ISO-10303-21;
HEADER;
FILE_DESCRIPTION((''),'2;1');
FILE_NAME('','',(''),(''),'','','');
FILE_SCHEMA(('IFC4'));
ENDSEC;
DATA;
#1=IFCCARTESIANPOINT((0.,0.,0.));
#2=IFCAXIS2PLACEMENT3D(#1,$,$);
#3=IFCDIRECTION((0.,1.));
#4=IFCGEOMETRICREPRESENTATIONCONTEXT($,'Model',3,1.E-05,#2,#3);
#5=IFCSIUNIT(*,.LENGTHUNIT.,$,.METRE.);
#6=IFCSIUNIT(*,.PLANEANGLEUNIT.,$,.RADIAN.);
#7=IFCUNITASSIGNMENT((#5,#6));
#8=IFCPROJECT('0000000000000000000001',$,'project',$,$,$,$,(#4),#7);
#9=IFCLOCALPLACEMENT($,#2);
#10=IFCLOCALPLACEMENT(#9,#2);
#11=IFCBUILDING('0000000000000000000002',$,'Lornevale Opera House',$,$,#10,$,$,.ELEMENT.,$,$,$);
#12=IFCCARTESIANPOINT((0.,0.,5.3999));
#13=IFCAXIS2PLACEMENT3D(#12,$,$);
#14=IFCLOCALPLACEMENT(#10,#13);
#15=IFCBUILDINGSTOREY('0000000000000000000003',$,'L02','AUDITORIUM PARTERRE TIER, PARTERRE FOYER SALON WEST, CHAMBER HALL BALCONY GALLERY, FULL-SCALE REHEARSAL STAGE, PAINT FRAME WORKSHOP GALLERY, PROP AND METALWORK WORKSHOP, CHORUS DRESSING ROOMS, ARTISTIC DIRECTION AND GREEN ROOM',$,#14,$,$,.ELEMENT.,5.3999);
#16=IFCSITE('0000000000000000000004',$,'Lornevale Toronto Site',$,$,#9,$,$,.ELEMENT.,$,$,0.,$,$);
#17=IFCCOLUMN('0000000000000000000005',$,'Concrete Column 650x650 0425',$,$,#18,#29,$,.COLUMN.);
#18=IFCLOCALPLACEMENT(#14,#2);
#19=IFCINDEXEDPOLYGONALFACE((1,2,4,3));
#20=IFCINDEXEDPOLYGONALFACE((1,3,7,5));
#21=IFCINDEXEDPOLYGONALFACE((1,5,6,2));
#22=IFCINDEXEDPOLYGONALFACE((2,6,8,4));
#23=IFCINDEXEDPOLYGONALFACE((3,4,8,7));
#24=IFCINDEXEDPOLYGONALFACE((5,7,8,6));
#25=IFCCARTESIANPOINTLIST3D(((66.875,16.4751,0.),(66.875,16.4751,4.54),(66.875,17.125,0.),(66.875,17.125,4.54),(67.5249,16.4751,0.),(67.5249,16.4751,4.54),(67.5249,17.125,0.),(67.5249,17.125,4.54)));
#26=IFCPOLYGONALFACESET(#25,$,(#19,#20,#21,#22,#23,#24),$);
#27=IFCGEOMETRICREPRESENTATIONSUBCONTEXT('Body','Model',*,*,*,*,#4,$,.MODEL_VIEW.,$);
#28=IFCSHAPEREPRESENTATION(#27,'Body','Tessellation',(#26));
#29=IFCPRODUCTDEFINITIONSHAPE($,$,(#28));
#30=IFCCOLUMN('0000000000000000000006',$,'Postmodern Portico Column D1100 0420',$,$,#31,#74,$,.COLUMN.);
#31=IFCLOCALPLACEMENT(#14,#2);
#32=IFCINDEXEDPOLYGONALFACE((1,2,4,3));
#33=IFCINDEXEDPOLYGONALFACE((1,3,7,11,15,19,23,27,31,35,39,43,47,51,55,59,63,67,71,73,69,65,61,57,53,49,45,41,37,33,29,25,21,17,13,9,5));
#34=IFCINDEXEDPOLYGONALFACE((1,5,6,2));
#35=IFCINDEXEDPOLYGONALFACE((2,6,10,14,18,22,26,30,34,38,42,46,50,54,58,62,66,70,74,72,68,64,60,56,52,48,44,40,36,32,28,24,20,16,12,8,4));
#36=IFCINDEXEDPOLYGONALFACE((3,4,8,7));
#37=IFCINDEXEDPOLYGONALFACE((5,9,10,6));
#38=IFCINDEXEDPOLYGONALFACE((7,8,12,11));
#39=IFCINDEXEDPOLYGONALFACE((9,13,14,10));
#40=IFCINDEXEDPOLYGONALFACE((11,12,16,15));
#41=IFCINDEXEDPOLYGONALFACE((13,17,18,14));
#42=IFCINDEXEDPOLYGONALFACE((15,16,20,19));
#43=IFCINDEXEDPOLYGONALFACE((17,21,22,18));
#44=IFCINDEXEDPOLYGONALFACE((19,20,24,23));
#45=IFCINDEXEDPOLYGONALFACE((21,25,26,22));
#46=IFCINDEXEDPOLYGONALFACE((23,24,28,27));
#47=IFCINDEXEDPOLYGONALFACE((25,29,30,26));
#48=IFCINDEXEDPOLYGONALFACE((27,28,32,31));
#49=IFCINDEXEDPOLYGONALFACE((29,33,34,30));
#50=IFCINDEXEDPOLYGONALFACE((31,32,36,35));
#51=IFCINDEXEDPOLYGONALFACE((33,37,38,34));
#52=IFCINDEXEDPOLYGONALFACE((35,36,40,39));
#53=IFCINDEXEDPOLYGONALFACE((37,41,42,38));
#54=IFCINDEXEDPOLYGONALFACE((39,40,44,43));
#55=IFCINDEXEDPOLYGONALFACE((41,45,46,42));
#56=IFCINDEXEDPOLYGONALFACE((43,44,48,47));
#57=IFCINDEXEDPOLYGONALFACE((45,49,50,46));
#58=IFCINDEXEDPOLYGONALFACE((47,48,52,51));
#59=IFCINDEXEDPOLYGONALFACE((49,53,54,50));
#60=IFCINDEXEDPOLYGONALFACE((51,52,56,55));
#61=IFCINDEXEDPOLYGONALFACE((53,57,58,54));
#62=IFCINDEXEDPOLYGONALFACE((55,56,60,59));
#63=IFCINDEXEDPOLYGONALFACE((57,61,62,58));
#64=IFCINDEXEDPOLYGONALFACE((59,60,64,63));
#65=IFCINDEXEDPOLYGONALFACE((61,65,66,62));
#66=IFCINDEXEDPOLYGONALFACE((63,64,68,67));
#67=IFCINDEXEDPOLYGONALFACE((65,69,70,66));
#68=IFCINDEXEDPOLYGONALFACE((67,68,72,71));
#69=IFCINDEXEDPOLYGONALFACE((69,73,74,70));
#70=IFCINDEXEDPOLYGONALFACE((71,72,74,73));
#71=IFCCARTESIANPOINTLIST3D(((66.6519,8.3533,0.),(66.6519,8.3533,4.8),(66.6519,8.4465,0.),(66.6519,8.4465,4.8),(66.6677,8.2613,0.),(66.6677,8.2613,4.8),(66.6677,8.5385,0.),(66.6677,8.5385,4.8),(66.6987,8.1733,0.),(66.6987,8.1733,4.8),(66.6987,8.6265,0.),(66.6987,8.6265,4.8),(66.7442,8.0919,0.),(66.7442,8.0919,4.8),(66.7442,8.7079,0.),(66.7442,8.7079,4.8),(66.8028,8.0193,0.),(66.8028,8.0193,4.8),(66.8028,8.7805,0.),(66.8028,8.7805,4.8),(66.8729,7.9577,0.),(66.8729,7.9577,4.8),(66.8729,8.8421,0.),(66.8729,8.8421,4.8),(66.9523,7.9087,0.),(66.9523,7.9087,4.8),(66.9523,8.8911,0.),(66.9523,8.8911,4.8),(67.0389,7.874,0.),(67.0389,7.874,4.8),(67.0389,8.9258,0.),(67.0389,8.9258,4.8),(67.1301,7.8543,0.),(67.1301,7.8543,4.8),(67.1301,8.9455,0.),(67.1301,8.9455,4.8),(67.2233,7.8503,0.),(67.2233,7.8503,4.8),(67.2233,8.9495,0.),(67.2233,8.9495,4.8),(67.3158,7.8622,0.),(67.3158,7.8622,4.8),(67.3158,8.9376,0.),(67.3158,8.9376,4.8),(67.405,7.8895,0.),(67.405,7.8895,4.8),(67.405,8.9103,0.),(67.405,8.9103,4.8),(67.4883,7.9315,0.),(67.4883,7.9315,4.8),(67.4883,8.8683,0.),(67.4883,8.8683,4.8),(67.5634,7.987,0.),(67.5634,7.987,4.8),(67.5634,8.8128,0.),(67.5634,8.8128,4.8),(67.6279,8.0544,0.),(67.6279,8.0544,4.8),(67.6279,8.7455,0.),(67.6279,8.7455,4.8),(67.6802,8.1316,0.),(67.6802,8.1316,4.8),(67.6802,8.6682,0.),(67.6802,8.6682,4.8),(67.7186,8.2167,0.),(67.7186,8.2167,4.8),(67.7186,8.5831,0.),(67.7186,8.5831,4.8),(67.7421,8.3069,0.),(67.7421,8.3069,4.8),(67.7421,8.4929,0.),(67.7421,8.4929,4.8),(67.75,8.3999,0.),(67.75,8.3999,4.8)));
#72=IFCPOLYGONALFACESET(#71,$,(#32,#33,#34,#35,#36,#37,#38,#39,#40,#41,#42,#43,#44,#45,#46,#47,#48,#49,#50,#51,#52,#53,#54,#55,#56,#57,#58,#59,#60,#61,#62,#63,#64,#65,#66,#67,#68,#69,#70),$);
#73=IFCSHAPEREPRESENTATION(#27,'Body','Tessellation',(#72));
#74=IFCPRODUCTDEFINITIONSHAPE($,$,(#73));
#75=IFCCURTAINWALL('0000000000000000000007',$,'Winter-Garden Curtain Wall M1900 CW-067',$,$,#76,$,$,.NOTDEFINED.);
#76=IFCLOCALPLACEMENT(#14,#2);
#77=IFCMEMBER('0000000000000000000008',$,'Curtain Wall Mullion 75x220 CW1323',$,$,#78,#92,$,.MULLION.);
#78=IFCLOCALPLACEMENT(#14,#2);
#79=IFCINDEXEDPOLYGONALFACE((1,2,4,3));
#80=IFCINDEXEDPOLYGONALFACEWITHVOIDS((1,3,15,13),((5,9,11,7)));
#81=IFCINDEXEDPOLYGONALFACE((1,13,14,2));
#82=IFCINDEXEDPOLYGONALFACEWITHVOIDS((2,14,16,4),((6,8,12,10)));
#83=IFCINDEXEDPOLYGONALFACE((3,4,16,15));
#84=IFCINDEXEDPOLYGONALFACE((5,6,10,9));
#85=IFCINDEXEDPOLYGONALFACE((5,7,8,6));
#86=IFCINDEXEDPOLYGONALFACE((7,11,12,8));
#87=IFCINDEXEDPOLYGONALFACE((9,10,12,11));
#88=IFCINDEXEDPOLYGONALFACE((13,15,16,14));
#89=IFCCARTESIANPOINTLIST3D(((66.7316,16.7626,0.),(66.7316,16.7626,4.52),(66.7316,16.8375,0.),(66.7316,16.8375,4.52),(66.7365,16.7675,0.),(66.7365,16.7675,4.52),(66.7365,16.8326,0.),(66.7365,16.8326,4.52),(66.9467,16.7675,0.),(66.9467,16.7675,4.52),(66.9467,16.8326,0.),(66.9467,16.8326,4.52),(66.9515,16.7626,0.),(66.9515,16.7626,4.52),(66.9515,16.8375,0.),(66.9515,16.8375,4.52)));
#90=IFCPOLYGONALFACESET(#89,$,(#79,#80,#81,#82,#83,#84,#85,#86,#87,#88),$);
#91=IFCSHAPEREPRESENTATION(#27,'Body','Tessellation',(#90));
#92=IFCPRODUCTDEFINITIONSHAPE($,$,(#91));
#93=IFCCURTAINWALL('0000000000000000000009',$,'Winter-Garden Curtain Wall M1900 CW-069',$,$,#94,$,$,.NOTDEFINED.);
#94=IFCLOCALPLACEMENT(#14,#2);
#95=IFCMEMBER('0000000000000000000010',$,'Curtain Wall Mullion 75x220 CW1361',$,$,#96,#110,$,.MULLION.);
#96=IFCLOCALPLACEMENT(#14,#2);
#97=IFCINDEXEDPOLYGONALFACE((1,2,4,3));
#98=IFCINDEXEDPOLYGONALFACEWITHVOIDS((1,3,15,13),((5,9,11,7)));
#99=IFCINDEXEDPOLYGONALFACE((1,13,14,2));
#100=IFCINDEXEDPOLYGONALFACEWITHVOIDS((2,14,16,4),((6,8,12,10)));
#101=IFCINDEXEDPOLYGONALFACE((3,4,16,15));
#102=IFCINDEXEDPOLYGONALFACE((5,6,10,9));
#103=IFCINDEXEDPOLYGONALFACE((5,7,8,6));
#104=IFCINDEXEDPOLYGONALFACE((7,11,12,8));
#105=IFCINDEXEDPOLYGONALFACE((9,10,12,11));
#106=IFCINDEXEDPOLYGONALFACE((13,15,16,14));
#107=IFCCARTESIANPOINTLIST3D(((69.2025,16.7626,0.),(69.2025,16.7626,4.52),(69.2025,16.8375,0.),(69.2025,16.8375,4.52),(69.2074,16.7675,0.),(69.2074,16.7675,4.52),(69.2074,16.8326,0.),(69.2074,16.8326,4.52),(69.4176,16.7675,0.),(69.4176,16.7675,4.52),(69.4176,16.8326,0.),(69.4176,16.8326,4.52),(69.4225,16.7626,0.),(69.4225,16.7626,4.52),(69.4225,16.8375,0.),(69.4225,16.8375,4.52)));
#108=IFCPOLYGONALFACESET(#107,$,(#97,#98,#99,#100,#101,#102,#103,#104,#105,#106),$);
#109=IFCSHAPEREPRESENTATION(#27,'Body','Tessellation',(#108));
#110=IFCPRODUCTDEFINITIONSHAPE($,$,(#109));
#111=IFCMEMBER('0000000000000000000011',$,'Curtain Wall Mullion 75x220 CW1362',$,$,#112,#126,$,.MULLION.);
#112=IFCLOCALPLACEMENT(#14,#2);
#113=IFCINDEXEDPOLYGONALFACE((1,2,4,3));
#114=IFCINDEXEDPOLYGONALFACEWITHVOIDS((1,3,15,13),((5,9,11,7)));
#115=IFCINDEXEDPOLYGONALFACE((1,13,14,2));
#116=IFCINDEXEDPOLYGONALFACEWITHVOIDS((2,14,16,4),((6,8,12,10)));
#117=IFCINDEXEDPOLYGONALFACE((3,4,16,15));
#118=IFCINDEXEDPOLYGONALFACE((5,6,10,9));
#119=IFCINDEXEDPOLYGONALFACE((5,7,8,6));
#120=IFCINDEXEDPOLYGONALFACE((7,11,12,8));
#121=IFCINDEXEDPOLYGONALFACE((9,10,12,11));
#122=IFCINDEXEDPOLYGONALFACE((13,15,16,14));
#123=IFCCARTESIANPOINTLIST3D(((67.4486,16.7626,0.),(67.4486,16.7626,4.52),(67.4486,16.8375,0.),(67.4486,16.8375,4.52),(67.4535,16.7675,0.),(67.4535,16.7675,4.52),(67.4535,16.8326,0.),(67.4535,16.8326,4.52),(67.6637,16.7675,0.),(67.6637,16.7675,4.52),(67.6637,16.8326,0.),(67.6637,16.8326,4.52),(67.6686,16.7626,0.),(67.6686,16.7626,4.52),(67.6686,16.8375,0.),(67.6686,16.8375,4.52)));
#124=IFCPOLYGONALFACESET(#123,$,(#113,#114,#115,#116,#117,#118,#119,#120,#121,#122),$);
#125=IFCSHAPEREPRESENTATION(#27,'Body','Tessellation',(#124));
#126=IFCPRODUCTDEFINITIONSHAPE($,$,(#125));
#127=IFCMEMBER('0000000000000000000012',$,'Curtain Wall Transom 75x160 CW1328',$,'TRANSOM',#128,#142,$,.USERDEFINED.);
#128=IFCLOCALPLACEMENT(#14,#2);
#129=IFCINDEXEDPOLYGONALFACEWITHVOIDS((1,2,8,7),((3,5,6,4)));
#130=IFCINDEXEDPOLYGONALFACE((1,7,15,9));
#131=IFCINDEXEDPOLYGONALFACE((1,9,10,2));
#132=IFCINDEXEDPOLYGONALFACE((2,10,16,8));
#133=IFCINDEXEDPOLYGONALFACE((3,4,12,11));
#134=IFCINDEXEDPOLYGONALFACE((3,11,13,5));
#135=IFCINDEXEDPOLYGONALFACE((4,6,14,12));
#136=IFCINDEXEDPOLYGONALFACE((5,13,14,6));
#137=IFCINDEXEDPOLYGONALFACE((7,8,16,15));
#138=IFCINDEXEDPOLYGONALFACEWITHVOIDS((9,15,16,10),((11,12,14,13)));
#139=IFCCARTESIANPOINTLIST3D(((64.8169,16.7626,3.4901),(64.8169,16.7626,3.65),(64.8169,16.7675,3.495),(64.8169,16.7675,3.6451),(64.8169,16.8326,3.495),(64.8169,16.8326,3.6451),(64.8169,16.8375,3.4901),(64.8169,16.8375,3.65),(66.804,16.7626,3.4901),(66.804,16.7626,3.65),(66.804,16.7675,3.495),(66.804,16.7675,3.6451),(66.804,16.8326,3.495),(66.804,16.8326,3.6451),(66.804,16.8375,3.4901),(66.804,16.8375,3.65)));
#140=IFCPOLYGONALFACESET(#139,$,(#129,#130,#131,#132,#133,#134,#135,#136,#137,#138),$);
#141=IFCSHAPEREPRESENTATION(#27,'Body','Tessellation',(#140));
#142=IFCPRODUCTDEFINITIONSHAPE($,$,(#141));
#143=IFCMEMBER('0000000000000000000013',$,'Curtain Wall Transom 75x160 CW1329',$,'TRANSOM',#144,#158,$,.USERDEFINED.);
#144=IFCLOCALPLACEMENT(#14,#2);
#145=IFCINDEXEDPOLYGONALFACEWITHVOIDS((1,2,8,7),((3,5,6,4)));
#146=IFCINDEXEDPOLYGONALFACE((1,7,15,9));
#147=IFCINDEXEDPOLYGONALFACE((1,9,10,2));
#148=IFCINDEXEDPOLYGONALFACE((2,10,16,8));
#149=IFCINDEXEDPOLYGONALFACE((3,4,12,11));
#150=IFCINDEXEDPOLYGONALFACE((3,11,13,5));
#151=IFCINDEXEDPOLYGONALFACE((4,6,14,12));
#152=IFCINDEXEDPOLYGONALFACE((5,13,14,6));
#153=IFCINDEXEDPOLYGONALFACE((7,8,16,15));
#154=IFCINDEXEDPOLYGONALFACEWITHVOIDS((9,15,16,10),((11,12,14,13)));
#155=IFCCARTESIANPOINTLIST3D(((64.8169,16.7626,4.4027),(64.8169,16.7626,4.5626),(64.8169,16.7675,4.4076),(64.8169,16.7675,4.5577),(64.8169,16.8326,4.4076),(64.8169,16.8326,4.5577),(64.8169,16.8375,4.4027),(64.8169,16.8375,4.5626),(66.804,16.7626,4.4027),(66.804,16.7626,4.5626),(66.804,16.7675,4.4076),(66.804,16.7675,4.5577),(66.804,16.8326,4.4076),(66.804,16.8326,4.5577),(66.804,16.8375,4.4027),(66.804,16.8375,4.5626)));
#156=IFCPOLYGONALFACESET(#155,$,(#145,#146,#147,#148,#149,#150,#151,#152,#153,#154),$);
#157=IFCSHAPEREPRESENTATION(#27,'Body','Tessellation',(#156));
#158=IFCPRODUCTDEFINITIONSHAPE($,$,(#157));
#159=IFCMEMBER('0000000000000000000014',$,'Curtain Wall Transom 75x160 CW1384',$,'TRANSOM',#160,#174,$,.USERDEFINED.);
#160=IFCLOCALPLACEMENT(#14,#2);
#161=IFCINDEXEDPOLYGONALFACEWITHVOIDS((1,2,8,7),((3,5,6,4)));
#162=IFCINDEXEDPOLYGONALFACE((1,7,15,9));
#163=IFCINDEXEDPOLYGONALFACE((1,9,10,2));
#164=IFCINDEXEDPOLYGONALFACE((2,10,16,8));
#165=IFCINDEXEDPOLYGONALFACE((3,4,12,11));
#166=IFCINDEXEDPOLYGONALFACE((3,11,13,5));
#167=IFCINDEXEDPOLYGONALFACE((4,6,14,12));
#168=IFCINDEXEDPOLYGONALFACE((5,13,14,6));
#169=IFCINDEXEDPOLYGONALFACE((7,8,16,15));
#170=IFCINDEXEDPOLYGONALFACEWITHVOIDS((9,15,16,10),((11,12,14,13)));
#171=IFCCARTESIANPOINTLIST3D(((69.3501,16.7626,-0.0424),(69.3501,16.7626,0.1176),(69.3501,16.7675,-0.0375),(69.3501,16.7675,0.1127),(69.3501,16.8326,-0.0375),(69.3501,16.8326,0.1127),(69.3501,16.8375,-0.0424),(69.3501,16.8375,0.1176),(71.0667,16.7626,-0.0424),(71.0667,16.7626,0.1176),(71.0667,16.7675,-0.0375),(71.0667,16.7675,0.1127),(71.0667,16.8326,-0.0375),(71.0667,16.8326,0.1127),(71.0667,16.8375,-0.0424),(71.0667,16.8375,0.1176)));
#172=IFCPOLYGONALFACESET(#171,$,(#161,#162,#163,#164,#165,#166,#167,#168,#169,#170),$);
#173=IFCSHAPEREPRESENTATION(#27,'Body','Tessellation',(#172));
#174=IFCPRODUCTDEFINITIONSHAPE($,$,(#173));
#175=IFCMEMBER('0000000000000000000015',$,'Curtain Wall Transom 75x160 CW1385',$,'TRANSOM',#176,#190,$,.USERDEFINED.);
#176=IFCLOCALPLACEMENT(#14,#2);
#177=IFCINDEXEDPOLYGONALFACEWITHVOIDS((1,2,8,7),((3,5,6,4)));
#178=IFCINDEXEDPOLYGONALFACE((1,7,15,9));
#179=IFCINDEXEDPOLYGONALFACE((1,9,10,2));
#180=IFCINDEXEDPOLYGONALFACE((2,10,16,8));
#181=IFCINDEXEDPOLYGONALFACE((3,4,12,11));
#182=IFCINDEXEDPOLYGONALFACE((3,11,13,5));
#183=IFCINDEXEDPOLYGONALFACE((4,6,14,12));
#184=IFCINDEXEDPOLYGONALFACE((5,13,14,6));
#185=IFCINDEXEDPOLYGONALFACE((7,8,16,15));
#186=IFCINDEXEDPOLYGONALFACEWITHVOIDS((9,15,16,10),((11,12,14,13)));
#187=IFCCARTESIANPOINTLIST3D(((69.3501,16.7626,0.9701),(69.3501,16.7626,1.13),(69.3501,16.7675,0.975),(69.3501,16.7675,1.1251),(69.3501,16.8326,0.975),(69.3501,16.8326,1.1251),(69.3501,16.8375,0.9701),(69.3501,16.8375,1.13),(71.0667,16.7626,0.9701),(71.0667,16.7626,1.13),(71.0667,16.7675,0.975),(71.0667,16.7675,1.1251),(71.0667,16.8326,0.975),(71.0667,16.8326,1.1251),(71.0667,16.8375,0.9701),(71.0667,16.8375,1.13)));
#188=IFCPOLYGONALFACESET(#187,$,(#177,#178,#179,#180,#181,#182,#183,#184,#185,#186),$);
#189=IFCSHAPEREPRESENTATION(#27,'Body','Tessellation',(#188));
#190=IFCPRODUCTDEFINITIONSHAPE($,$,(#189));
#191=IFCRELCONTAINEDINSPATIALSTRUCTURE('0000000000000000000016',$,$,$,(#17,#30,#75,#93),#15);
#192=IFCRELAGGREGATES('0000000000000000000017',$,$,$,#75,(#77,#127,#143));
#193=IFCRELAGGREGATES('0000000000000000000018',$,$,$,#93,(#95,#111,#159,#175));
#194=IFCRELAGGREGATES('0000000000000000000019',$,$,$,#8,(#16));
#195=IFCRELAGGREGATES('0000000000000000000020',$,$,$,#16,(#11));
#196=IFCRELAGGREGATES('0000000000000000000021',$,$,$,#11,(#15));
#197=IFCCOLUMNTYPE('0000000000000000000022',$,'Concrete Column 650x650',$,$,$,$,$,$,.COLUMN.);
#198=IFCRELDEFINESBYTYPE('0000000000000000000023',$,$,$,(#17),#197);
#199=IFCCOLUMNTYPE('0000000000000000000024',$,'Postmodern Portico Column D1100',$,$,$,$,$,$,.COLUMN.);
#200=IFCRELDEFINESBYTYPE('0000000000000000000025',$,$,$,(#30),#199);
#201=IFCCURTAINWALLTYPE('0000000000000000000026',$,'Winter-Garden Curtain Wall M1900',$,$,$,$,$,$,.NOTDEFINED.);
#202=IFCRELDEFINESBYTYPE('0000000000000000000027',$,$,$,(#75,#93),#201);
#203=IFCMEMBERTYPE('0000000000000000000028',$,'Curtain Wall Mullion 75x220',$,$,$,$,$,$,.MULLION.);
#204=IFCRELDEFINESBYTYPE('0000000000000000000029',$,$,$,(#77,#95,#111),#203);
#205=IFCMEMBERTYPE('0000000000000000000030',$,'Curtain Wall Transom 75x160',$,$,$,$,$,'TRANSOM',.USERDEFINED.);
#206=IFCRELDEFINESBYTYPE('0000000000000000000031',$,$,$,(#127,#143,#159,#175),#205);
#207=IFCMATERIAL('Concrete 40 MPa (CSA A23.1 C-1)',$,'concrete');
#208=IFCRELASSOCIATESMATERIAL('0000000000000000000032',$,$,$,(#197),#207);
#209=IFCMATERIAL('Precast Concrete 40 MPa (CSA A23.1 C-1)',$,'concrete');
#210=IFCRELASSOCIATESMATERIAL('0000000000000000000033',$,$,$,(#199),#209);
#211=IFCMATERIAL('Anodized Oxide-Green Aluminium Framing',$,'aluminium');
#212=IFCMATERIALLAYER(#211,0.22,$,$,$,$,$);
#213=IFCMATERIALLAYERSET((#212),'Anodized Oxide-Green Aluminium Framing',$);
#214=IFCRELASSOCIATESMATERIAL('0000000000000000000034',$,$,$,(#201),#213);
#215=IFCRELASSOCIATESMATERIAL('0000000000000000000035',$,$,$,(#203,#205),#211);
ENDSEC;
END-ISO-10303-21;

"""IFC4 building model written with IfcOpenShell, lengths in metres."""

from ifc_helpers import new_model, si_unit, direction, frame, origin, origin_2d, place, context, subcontext, project, spatial, rectangle, hollow_rectangle, circle, extrude, material, layer, layer_set, material_profile, profile_set, type_object, element, aggregate, save


model = new_model("IFC4")

# Units and contexts
model_context = context("Model", 3, precision=1e-05, world=origin(), true_north=direction((0.0, 1.0)))
body_context = subcontext(model_context, "Body", "Model", "MODEL_VIEW")
ifc_project = project(units=[si_unit("LENGTHUNIT", "METRE"), si_unit("PLANEANGLEUNIT", "RADIAN")], contexts=[model_context])

# Site, building, storey
site_placement = place(None, origin())
site = spatial("IfcSite", under=ifc_project, at=site_placement, Name="Lornevale Toronto Site", CompositionType="ELEMENT", RefElevation=0.0)
building_placement = place(site_placement, origin())
building = spatial("IfcBuilding", under=site, at=building_placement, Name="Lornevale Opera House", CompositionType="ELEMENT")
storey_placement = place(building_placement, frame((0.0, 0.0, 5.3999)))
storey = spatial("IfcBuildingStorey", under=building, at=storey_placement, Name="L02", Description="AUDITORIUM PARTERRE TIER, PARTERRE FOYER SALON WEST, CHAMBER HALL BALCONY GALLERY, FULL-SCALE REHEARSAL STAGE, PAINT FRAME WORKSHOP GALLERY, PROP AND METALWORK WORKSHOP, CHORUS DRESSING ROOMS, ARTISTIC DIRECTION AND GREEN ROOM", CompositionType="ELEMENT", Elevation=5.3999)

# Columns
ifc_material_1 = material(Name="Concrete 40 MPa (CSA A23.1 C-1)", Category="concrete")
ifc_material_profile_1 = material_profile(ifc_material_1, rectangle(XDim=0.6499, YDim=0.6499, at=origin_2d()), Name="RC650x650")
ifc_profile_set_1 = profile_set([ifc_material_profile_1], Name="Concrete 40 MPa (CSA A23.1 C-1)")
column_type_1 = type_object("IfcColumnType", Name="Concrete Column 650x650", PredefinedType="COLUMN", material=ifc_profile_set_1)
column_1_placement = place(storey_placement, frame((67.2, 16.8, 0.0), z_axis=(0.0, 0.0, 1.0), x_axis=(1.0, 0.0, 0.0)))
element("IfcColumn", 1, at=column_1_placement, inside=storey, type_object=column_type_1, Name="Concrete Column 650x650 0425", PredefinedType="COLUMN", context=body_context, shape_type="SweptSolid", body=[
    extrude(rectangle(XDim=0.6499, YDim=0.6499, at=origin_2d()), origin(), (0.0, 0.0, 1.0), 4.54),
])
ifc_material_2 = material(Name="Precast Concrete 40 MPa (CSA A23.1 C-1)", Category="concrete")
ifc_material_profile_2 = material_profile(ifc_material_2, circle(Radius=0.55, at=origin_2d()), Name="RCCOL1100")
ifc_profile_set_2 = profile_set([ifc_material_profile_2], Name="Precast Concrete 40 MPa (CSA A23.1 C-1)")
column_type_2 = type_object("IfcColumnType", Name="Postmodern Portico Column D1100", PredefinedType="COLUMN", material=ifc_profile_set_2)
column_2_placement = place(storey_placement, frame((67.2, 8.3999, 0.0), z_axis=(0.0, 0.0, 1.0), x_axis=(1.0, 0.0, 0.0)))
element("IfcColumn", 2, at=column_2_placement, inside=storey, type_object=column_type_2, Name="Postmodern Portico Column D1100 0420", PredefinedType="COLUMN", context=body_context, shape_type="SweptSolid", body=[
    extrude(circle(Radius=0.55, at=origin_2d()), origin(), (0.0, 0.0, 1.0), 4.8),
])

# Curtain wall, member
ifc_material_3 = material(Name="Anodized Oxide-Green Aluminium Framing", Category="aluminium")
ifc_layer_1 = layer(ifc_material_3, 0.22)
ifc_layer_set_1 = layer_set([ifc_layer_1], Name="Anodized Oxide-Green Aluminium Framing")
curtain_wall_type = type_object("IfcCurtainWallType", Name="Winter-Garden Curtain Wall M1900", PredefinedType="NOTDEFINED", material=ifc_layer_set_1)
curtain_wall_1_placement = place(storey_placement, origin())
curtain_wall_1 = element("IfcCurtainWall", 3, at=curtain_wall_1_placement, inside=storey, type_object=curtain_wall_type, Name="Winter-Garden Curtain Wall M1900 CW-067", PredefinedType="NOTDEFINED")
ifc_material_profile_3 = material_profile(ifc_material_3, hollow_rectangle(XDim=0.075, YDim=0.22, WallThickness=0.0049, at=origin_2d()), Name="ALU75x220x5")
ifc_profile_set_3 = profile_set([ifc_material_profile_3], Name="Anodized Oxide-Green Aluminium Framing")
member_type_1 = type_object("IfcMemberType", Name="Curtain Wall Mullion 75x220", PredefinedType="MULLION", material=ifc_profile_set_3)
member_1_placement = place(storey_placement, frame((66.8416, 16.8, 0.0), z_axis=(0.0, 0.0, 1.0), x_axis=(0.0, -1.0, 0.0)))
member_1 = element("IfcMember", 4, at=member_1_placement, type_object=member_type_1, Name="Curtain Wall Mullion 75x220 CW1323", PredefinedType="MULLION", context=body_context, shape_type="SweptSolid", body=[
    extrude(hollow_rectangle(XDim=0.075, YDim=0.22, WallThickness=0.0049, at=origin_2d()), origin(), (0.0, 0.0, 1.0), 4.52),
])

# Curtain wall, members
curtain_wall_2_placement = place(storey_placement, origin())
curtain_wall_2 = element("IfcCurtainWall", 5, at=curtain_wall_2_placement, inside=storey, type_object=curtain_wall_type, Name="Winter-Garden Curtain Wall M1900 CW-069", PredefinedType="NOTDEFINED")
member_2_placement = place(storey_placement, frame((69.3125, 16.8, 0.0), z_axis=(0.0, 0.0, 1.0), x_axis=(0.0, -1.0, 0.0)))
member_2 = element("IfcMember", 6, at=member_2_placement, type_object=member_type_1, Name="Curtain Wall Mullion 75x220 CW1361", PredefinedType="MULLION", context=body_context, shape_type="SweptSolid", body=[
    extrude(hollow_rectangle(XDim=0.075, YDim=0.22, WallThickness=0.0049, at=origin_2d()), origin(), (0.0, 0.0, 1.0), 4.52),
])
member_3_placement = place(storey_placement, frame((67.5586, 16.8, 0.0), z_axis=(0.0, 0.0, 1.0), x_axis=(0.0, -1.0, 0.0)))
member_3 = element("IfcMember", 7, at=member_3_placement, type_object=member_type_1, Name="Curtain Wall Mullion 75x220 CW1362", PredefinedType="MULLION", context=body_context, shape_type="SweptSolid", body=[
    extrude(hollow_rectangle(XDim=0.075, YDim=0.22, WallThickness=0.0049, at=origin_2d()), origin(), (0.0, 0.0, 1.0), 4.52),
])

# Members
ifc_material_profile_4 = material_profile(ifc_material_3, hollow_rectangle(XDim=0.075, YDim=0.1599, WallThickness=0.0049, at=origin_2d()), Name="ALU75x160x5")
ifc_profile_set_4 = profile_set([ifc_material_profile_4], Name="Anodized Oxide-Green Aluminium Framing")
member_type_2 = type_object("IfcMemberType", Name="Curtain Wall Transom 75x160", ElementType="TRANSOM", PredefinedType="USERDEFINED", material=ifc_profile_set_4)
member_4_placement = place(storey_placement, frame((66.804, 16.8, 3.5701), z_axis=(-1.0, 0.0, 0.0), x_axis=(0.0, -1.0, 0.0)))
member_4 = element("IfcMember", 8, at=member_4_placement, type_object=member_type_2, Name="Curtain Wall Transom 75x160 CW1328", ObjectType="TRANSOM", PredefinedType="USERDEFINED", context=body_context, shape_type="SweptSolid", body=[
    extrude(hollow_rectangle(XDim=0.075, YDim=0.1599, WallThickness=0.0049, at=origin_2d()), origin(), (0.0, 0.0, 1.0), 1.9871),
])
member_5_placement = place(storey_placement, frame((66.804, 16.8, 4.4827), z_axis=(-1.0, 0.0, 0.0), x_axis=(0.0, -1.0, 0.0)))
member_5 = element("IfcMember", 9, at=member_5_placement, type_object=member_type_2, Name="Curtain Wall Transom 75x160 CW1329", ObjectType="TRANSOM", PredefinedType="USERDEFINED", context=body_context, shape_type="SweptSolid", body=[
    extrude(hollow_rectangle(XDim=0.075, YDim=0.1599, WallThickness=0.0049, at=origin_2d()), origin(), (0.0, 0.0, 1.0), 1.9871),
])
aggregate(curtain_wall_1, [member_1, member_4, member_5])
member_6_placement = place(storey_placement, frame((71.0667, 16.8, 0.0376), z_axis=(-1.0, 0.0, 0.0), x_axis=(0.0, -1.0, 0.0)))
member_6 = element("IfcMember", 10, at=member_6_placement, type_object=member_type_2, Name="Curtain Wall Transom 75x160 CW1384", ObjectType="TRANSOM", PredefinedType="USERDEFINED", context=body_context, shape_type="SweptSolid", body=[
    extrude(hollow_rectangle(XDim=0.075, YDim=0.1599, WallThickness=0.0049, at=origin_2d()), origin(), (0.0, 0.0, 1.0), 1.7166),
])
member_7_placement = place(storey_placement, frame((71.0667, 16.8, 1.05), z_axis=(-1.0, 0.0, 0.0), x_axis=(0.0, -1.0, 0.0)))
member_7 = element("IfcMember", 11, at=member_7_placement, type_object=member_type_2, Name="Curtain Wall Transom 75x160 CW1385", ObjectType="TRANSOM", PredefinedType="USERDEFINED", context=body_context, shape_type="SweptSolid", body=[
    extrude(hollow_rectangle(XDim=0.075, YDim=0.1599, WallThickness=0.0049, at=origin_2d()), origin(), (0.0, 0.0, 1.0), 1.7166),
])

aggregate(curtain_wall_2, [member_2, member_3, member_6, member_7])

save(model, "model.ifc")
